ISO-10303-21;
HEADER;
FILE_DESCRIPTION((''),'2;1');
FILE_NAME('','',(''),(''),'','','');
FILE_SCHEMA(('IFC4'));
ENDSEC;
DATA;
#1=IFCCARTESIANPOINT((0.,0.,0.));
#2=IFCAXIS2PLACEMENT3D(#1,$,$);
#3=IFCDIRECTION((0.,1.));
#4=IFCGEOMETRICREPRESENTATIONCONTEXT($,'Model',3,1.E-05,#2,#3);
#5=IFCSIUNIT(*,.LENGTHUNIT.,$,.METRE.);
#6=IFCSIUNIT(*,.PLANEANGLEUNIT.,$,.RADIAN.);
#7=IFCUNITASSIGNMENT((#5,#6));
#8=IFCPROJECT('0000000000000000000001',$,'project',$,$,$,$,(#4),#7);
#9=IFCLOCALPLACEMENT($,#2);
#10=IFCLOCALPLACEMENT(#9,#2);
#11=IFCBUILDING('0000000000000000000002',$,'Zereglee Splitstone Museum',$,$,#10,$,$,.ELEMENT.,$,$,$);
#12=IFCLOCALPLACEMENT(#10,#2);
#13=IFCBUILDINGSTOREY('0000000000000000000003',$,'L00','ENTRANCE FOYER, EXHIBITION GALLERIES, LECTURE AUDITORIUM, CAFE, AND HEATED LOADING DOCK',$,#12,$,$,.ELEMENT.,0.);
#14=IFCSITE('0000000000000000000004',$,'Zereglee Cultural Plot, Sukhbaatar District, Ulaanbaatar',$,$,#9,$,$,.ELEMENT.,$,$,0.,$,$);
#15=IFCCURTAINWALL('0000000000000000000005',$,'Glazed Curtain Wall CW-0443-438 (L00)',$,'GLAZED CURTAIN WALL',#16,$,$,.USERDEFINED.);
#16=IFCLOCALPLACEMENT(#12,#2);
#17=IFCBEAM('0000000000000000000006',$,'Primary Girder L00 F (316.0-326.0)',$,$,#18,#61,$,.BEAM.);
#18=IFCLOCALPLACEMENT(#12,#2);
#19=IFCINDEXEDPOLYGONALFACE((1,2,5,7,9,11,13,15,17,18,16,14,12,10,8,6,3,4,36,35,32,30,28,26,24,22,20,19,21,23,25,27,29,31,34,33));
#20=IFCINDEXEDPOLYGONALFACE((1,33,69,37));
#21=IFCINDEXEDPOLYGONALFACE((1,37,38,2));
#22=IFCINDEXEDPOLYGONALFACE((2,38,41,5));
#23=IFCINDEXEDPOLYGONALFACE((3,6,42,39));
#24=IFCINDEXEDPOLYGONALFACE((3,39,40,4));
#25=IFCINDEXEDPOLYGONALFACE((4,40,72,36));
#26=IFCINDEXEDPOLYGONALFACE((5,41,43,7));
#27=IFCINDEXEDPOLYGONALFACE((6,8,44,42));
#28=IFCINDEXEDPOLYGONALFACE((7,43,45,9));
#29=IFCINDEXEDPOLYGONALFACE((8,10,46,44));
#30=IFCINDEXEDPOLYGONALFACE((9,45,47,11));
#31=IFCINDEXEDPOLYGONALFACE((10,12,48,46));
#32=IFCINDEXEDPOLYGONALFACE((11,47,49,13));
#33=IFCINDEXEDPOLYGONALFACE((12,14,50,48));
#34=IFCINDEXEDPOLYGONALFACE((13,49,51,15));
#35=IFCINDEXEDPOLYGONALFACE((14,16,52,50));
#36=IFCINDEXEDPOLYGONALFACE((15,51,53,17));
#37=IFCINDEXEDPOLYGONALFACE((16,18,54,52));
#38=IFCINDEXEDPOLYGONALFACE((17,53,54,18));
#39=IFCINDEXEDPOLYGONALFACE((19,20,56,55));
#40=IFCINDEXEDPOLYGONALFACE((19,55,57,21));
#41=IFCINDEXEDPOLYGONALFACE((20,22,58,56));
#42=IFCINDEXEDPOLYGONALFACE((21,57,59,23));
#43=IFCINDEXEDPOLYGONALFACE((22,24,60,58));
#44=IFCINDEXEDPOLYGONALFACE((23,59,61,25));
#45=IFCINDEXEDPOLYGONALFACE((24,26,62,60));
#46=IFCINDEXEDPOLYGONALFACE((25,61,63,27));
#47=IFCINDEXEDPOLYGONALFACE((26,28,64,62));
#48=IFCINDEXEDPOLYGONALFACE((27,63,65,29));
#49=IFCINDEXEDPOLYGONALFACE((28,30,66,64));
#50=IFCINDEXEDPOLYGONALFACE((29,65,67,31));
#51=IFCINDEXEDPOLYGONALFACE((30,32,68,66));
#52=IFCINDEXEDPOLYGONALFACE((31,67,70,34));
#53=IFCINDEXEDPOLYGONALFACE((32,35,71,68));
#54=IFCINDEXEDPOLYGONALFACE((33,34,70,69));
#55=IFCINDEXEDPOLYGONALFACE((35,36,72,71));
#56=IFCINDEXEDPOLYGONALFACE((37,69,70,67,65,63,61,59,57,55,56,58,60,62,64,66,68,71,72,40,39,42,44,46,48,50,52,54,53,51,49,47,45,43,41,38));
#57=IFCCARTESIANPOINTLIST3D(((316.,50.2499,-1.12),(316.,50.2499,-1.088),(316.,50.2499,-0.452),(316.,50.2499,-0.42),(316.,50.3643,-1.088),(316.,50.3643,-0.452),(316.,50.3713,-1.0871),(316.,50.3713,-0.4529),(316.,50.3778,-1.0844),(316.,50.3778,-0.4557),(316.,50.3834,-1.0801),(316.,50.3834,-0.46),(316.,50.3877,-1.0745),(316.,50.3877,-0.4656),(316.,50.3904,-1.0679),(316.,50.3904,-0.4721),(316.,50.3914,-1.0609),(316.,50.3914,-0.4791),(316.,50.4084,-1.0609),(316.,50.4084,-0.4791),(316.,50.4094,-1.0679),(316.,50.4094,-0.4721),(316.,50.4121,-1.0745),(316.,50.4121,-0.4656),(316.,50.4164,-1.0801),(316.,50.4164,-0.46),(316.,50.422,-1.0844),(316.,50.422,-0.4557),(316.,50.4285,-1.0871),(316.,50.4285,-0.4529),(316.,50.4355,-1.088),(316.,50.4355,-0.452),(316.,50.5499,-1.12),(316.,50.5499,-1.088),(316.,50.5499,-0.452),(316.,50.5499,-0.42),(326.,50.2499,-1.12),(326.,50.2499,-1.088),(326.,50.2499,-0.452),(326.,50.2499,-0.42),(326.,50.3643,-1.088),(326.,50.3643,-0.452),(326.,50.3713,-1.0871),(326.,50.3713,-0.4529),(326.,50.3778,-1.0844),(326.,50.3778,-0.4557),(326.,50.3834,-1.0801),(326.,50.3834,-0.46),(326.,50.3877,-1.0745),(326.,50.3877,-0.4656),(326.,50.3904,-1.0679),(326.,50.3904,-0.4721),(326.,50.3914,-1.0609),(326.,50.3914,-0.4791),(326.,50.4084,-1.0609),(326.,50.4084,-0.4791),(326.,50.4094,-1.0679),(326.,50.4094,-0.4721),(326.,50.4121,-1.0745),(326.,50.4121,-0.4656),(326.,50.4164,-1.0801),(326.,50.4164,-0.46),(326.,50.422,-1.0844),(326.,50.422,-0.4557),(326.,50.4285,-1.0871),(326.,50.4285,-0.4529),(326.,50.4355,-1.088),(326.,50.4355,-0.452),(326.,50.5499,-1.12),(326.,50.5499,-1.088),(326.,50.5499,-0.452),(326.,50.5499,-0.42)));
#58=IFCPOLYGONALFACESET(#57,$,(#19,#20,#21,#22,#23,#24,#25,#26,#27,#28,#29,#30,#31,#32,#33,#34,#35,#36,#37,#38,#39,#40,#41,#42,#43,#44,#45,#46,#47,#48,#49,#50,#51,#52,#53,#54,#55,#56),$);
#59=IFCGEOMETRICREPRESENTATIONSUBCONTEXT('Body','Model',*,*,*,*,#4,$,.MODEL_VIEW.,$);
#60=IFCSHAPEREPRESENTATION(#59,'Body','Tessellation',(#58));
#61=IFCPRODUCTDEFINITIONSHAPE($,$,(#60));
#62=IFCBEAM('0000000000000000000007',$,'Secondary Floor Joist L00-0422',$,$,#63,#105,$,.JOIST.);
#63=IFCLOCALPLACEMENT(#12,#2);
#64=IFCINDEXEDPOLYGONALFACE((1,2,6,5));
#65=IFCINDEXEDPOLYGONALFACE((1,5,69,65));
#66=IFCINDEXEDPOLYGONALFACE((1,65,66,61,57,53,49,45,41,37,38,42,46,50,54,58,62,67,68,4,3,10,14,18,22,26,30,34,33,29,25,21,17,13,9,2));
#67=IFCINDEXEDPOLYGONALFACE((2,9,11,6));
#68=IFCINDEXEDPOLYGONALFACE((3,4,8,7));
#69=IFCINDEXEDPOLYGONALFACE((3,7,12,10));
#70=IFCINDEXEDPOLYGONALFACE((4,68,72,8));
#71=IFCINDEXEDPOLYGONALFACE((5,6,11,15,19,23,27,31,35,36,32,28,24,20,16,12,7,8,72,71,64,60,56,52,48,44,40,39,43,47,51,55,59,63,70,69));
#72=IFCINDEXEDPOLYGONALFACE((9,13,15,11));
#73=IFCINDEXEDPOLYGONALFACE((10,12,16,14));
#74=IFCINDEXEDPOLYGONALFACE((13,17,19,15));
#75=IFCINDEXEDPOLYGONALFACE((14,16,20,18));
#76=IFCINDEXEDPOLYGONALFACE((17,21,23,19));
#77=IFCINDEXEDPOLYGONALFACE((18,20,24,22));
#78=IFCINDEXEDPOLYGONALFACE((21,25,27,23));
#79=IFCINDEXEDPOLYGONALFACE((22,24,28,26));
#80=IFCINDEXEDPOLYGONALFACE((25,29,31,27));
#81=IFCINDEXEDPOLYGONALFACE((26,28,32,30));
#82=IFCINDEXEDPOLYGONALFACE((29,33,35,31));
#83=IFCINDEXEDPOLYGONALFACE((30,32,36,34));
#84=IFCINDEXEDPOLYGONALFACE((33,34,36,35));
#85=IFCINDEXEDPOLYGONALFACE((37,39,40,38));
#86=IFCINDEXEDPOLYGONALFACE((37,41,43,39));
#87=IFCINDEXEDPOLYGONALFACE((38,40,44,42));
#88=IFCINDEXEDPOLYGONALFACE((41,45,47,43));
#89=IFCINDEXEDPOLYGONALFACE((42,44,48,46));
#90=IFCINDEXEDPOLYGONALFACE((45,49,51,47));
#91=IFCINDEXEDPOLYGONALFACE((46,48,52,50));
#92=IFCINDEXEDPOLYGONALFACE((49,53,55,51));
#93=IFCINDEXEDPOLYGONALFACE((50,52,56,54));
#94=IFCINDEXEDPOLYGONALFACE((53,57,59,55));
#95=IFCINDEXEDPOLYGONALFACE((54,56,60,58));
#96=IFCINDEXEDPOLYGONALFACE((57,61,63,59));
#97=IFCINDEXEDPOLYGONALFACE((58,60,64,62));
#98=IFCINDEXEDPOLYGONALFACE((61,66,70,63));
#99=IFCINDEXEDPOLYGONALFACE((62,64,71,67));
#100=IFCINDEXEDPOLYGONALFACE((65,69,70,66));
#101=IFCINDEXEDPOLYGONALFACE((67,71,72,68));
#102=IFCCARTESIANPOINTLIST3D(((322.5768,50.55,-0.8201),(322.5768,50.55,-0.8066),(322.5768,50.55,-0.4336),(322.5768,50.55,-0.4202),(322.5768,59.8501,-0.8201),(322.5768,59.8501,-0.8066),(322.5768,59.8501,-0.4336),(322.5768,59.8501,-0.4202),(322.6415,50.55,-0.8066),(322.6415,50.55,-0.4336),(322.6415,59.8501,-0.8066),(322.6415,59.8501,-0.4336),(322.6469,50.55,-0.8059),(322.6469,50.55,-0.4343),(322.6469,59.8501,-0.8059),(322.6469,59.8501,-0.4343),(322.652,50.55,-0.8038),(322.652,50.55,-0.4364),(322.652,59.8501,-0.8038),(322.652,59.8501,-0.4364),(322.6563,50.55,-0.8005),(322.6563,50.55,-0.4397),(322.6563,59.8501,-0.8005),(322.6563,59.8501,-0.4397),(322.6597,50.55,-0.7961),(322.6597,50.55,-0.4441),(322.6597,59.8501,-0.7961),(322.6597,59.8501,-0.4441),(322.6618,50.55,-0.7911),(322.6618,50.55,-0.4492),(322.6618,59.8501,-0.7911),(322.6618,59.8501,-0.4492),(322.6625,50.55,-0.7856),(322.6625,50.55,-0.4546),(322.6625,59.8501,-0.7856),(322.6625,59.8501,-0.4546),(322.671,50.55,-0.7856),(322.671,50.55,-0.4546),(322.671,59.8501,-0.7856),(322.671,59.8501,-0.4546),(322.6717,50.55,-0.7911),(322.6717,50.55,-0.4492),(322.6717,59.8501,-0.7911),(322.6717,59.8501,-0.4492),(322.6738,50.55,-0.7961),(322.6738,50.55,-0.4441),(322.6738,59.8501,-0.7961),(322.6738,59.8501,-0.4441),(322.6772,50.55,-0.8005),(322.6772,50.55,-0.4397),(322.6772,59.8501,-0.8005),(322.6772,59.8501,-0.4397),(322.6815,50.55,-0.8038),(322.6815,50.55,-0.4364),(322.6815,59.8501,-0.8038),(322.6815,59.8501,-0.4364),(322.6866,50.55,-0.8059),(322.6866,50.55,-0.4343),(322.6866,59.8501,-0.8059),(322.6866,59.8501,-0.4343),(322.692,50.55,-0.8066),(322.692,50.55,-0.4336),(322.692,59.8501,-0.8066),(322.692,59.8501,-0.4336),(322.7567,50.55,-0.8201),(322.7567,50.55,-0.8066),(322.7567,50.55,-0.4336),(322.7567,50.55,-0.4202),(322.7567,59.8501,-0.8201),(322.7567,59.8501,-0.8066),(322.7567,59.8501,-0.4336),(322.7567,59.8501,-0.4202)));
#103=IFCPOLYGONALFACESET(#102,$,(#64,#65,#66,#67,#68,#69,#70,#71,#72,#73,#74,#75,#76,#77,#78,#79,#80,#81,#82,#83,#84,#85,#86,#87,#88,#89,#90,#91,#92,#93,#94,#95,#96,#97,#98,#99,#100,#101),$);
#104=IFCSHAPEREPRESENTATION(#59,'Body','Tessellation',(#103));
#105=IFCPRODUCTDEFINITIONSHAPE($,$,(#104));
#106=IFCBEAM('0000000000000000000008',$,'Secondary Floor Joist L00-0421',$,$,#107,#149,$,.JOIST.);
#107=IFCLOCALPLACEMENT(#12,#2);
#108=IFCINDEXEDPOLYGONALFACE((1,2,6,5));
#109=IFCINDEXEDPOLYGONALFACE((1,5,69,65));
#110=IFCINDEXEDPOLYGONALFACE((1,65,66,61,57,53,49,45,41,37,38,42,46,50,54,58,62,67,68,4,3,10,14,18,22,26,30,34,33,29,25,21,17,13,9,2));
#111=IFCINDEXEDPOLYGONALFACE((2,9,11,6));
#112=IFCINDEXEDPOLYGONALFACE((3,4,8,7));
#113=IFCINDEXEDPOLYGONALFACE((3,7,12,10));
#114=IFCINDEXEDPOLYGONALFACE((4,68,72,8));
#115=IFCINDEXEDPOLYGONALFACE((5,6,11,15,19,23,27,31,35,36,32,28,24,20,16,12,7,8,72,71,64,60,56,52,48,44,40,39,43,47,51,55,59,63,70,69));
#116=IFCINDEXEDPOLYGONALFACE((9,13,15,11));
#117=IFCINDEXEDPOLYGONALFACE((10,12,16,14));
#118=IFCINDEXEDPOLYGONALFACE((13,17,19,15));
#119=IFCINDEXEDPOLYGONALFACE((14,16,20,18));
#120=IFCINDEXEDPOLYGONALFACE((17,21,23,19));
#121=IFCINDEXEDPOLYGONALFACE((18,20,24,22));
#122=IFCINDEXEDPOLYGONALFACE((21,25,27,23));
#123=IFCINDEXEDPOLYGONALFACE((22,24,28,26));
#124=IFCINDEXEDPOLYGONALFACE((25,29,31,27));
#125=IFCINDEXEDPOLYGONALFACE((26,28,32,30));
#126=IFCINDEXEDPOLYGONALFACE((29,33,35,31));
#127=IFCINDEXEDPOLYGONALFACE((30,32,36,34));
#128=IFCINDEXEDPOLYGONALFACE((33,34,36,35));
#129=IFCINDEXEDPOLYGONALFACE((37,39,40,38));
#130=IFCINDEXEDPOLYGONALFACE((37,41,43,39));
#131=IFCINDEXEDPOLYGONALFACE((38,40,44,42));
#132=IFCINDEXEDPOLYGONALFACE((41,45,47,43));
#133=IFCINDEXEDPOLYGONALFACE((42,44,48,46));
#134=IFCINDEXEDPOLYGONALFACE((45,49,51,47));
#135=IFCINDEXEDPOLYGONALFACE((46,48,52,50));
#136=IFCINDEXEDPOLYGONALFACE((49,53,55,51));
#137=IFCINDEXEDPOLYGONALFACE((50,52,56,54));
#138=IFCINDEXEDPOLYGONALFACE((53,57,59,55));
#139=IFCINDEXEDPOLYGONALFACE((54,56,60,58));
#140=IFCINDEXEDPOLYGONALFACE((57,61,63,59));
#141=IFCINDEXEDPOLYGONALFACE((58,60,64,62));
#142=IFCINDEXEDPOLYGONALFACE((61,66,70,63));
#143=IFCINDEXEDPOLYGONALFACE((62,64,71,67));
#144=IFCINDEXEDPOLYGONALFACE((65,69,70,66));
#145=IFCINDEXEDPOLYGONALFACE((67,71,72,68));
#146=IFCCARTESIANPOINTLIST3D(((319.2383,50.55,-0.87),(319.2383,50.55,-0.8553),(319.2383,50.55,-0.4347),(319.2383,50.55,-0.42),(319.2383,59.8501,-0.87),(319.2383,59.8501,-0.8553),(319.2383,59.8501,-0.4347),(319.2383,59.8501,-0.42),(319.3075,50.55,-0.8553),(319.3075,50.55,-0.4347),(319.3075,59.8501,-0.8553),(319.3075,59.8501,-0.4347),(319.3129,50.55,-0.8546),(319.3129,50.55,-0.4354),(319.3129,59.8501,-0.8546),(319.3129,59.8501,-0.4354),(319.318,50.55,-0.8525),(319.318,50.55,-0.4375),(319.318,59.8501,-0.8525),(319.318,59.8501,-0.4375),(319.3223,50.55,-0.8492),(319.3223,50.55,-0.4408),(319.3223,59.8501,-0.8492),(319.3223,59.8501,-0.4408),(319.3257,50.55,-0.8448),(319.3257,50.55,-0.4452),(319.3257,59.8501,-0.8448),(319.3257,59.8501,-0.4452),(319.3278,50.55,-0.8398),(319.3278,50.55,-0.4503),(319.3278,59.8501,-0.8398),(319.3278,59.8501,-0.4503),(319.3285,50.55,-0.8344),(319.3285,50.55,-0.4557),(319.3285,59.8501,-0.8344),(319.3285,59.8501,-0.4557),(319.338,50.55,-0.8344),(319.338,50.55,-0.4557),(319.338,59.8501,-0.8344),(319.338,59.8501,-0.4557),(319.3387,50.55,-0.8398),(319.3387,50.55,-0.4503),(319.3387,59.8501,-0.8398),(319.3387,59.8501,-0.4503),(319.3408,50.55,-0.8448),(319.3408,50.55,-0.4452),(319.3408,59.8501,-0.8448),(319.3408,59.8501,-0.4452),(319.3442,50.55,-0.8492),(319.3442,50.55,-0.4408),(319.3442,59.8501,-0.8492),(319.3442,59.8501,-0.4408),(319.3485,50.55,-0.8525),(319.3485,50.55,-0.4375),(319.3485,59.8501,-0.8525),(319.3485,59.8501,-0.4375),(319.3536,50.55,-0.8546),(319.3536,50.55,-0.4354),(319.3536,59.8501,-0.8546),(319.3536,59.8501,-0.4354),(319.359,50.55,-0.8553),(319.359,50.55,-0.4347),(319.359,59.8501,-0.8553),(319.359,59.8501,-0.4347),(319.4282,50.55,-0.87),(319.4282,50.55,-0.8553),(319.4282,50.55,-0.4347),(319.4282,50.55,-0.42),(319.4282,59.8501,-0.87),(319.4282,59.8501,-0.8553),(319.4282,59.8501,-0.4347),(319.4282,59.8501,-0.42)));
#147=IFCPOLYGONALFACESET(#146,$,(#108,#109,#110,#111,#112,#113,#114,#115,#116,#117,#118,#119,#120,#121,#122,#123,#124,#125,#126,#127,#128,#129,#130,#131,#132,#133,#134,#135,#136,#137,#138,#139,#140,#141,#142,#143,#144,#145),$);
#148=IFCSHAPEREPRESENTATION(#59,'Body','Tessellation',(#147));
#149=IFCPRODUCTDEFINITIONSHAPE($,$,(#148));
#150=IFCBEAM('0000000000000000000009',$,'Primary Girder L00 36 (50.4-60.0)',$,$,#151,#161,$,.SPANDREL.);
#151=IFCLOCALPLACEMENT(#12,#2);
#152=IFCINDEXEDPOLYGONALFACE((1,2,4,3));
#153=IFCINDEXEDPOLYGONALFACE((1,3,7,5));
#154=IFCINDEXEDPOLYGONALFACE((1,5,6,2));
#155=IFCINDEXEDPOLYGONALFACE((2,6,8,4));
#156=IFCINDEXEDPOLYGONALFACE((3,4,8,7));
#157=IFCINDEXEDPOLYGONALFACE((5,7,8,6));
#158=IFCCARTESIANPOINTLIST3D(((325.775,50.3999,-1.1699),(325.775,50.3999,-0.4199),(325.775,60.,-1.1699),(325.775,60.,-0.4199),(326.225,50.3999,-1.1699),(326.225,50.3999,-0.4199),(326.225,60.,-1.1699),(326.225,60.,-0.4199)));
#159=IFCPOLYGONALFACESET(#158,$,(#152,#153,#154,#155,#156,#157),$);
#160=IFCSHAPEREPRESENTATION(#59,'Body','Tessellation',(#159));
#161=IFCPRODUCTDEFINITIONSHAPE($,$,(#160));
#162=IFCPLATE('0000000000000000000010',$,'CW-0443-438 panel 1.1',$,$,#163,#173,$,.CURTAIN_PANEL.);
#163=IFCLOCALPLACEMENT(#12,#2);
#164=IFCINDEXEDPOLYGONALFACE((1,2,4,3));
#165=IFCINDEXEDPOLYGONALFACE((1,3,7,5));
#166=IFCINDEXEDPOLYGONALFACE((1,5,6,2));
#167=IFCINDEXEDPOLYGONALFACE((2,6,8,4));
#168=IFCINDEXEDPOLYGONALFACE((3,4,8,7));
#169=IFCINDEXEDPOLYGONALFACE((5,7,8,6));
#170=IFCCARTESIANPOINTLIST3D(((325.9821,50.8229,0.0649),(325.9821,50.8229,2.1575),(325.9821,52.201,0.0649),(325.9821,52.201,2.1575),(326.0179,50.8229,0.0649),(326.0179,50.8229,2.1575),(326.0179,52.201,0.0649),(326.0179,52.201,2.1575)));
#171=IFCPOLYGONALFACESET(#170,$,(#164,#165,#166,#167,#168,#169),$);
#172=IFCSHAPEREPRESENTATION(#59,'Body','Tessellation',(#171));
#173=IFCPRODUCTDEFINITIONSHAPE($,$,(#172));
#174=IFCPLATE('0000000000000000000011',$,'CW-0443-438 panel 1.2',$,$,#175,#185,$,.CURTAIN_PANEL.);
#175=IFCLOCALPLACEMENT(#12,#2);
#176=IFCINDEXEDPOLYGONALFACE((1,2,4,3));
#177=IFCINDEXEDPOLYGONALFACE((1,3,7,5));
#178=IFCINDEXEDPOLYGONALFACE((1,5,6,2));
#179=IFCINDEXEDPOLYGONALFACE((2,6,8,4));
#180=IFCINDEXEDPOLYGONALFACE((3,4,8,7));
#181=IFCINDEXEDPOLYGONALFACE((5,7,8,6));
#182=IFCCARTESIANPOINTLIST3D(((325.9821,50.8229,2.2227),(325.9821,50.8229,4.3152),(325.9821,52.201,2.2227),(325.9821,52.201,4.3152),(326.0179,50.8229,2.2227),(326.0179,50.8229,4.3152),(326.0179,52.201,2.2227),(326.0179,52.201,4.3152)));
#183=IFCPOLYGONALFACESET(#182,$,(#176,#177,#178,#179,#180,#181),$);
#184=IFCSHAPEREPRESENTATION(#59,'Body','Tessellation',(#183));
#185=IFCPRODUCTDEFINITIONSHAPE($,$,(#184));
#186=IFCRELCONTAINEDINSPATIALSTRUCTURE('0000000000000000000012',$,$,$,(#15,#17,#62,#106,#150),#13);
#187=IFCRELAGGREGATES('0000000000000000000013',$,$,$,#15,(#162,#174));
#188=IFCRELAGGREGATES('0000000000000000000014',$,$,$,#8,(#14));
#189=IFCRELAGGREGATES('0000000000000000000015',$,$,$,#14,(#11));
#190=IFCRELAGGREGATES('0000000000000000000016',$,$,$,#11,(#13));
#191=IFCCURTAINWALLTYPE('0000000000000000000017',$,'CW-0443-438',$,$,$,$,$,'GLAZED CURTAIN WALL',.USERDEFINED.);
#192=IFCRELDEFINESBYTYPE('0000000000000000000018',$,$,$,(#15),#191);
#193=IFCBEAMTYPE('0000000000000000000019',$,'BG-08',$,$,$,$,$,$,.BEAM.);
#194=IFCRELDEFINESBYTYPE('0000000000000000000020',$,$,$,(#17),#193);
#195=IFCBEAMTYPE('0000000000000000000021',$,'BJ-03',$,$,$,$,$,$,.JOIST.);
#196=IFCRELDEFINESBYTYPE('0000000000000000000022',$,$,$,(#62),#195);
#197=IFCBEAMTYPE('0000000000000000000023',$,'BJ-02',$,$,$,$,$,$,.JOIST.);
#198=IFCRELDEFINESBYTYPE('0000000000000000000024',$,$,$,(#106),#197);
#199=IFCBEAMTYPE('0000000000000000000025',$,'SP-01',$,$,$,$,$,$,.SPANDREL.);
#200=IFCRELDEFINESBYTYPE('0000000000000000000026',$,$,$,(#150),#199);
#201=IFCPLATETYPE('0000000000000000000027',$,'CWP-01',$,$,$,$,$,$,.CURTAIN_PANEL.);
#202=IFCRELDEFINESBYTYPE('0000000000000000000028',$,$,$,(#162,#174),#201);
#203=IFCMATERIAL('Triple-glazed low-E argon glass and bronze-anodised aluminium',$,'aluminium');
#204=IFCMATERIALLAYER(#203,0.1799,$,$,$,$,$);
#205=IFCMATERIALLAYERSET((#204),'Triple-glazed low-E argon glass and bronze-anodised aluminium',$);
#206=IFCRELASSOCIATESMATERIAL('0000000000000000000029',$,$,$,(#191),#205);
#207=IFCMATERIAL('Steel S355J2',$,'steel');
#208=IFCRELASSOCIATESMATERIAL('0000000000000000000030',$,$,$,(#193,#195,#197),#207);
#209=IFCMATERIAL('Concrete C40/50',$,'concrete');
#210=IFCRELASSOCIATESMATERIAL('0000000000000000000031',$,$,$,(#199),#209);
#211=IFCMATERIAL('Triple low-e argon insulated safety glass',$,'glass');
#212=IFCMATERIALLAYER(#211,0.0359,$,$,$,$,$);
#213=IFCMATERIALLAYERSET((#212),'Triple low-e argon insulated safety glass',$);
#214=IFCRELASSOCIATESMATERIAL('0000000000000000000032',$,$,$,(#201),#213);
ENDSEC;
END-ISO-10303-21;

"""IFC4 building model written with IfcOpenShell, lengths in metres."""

from ifc_helpers import new_model, si_unit, direction, frame, origin, origin_2d, place, context, subcontext, project, spatial, rectangle, i_section, extrude, material, layer, layer_set, material_profile, profile_set, type_object, element, aggregate, save


model = new_model("IFC4")

# Units and contexts
model_context = context("Model", 3, precision=1e-05, world=origin(), true_north=direction((0.0, 1.0)))
body_context = subcontext(model_context, "Body", "Model", "MODEL_VIEW")
ifc_project = project(units=[si_unit("LENGTHUNIT", "METRE"), si_unit("PLANEANGLEUNIT", "RADIAN")], contexts=[model_context])

# Site, building, storey
site_placement = place(None, origin())
site = spatial("IfcSite", under=ifc_project, at=site_placement, Name="Zereglee Cultural Plot, Sukhbaatar District, Ulaanbaatar", CompositionType="ELEMENT", RefElevation=0.0)
building_placement = place(site_placement, origin())
building = spatial("IfcBuilding", under=site, at=building_placement, Name="Zereglee Splitstone Museum", CompositionType="ELEMENT")
storey_placement = place(building_placement, origin())
storey = spatial("IfcBuildingStorey", under=building, at=storey_placement, Name="L00", Description="ENTRANCE FOYER, EXHIBITION GALLERIES, LECTURE AUDITORIUM, CAFE, AND HEATED LOADING DOCK", CompositionType="ELEMENT", Elevation=0.0)

# Shared definitions
ifc_material_1 = material(Name="Concrete C40/50", Category="concrete")

# Curtain wall
ifc_material_2 = material(Name="Triple-glazed low-E argon glass and bronze-anodised aluminium", Category="aluminium")
ifc_layer_1 = layer(ifc_material_2, 0.1799)
ifc_layer_set_1 = layer_set([ifc_layer_1], Name="Triple-glazed low-E argon glass and bronze-anodised aluminium")
curtain_wall_type = type_object("IfcCurtainWallType", Name="CW-0443-438", ElementType="GLAZED CURTAIN WALL", PredefinedType="USERDEFINED", material=ifc_layer_set_1)
curtain_wall_placement = place(storey_placement, origin())
curtain_wall = element("IfcCurtainWall", 1, at=curtain_wall_placement, inside=storey, type_object=curtain_wall_type, Name="Glazed Curtain Wall CW-0443-438 (L00)", ObjectType="GLAZED CURTAIN WALL", PredefinedType="USERDEFINED")

# Beams
ifc_material_3 = material(Name="Steel S355J2", Category="steel")
ifc_material_profile_1 = material_profile(ifc_material_3, i_section(OverallWidth=0.3, OverallDepth=0.7, WebThickness=0.0171, FlangeThickness=0.032, FilletRadius=0.0271, at=origin_2d()), Name="HE 700 B")
ifc_profile_set_1 = profile_set([ifc_material_profile_1], Name="Steel S355J2")
beam_type_1 = type_object("IfcBeamType", Name="BG-08", PredefinedType="BEAM", material=ifc_profile_set_1)
beam_1_placement = place(storey_placement, frame((316.0, 50.3999, -0.77), z_axis=(1.0, 0.0, 0.0), x_axis=(0.0, 1.0, 0.0)))
element("IfcBeam", 2, at=beam_1_placement, inside=storey, type_object=beam_type_1, Name="Primary Girder L00 F (316.0-326.0)", PredefinedType="BEAM", context=body_context, shape_type="SweptSolid", body=[
    extrude(i_section(OverallWidth=0.3, OverallDepth=0.7, WebThickness=0.0171, FlangeThickness=0.032, FilletRadius=0.0271, at=origin_2d()), origin(), (0.0, 0.0, 1.0), 10.0),
])
ifc_material_profile_2 = material_profile(ifc_material_3, i_section(OverallWidth=0.1799, OverallDepth=0.3999, WebThickness=0.0085, FlangeThickness=0.0134, FilletRadius=0.021, at=origin_2d()), Name="IPE 400")
ifc_profile_set_2 = profile_set([ifc_material_profile_2], Name="Steel S355J2")
beam_type_2 = type_object("IfcBeamType", Name="BJ-03", PredefinedType="JOIST", material=ifc_profile_set_2)
beam_2_placement = place(storey_placement, frame((322.6667, 50.55, -0.6201), z_axis=(0.0, 1.0, 0.0), x_axis=(-1.0, 0.0, 0.0)))
element("IfcBeam", 3, at=beam_2_placement, inside=storey, type_object=beam_type_2, Name="Secondary Floor Joist L00-0422", PredefinedType="JOIST", context=body_context, shape_type="SweptSolid", body=[
    extrude(i_section(OverallWidth=0.1799, OverallDepth=0.3999, WebThickness=0.0085, FlangeThickness=0.0134, FilletRadius=0.021, at=origin_2d()), origin(), (0.0, 0.0, 1.0), 9.3),
])
ifc_material_profile_3 = material_profile(ifc_material_3, i_section(OverallWidth=0.1899, OverallDepth=0.45, WebThickness=0.0095, FlangeThickness=0.0146, FilletRadius=0.021, at=origin_2d()), Name="IPE 450")
ifc_profile_set_3 = profile_set([ifc_material_profile_3], Name="Steel S355J2")
beam_type_3 = type_object("IfcBeamType", Name="BJ-02", PredefinedType="JOIST", material=ifc_profile_set_3)
beam_3_placement = place(storey_placement, frame((319.3333, 50.55, -0.645), z_axis=(0.0, 1.0, 0.0), x_axis=(-1.0, 0.0, 0.0)))
element("IfcBeam", 4, at=beam_3_placement, inside=storey, type_object=beam_type_3, Name="Secondary Floor Joist L00-0421", PredefinedType="JOIST", context=body_context, shape_type="SweptSolid", body=[
    extrude(i_section(OverallWidth=0.1899, OverallDepth=0.45, WebThickness=0.0095, FlangeThickness=0.0146, FilletRadius=0.021, at=origin_2d()), origin(), (0.0, 0.0, 1.0), 9.3),
])
ifc_material_profile_4 = material_profile(ifc_material_1, rectangle(XDim=0.45, YDim=0.75, at=origin_2d()), Name="RC 450x750")
ifc_profile_set_4 = profile_set([ifc_material_profile_4], Name="Concrete C40/50")
beam_type_4 = type_object("IfcBeamType", Name="SP-01", PredefinedType="SPANDREL", material=ifc_profile_set_4)
beam_4_placement = place(storey_placement, frame((326.0, 50.3999, -0.7949), z_axis=(0.0, 1.0, 0.0), x_axis=(-1.0, 0.0, 0.0)))
element("IfcBeam", 5, at=beam_4_placement, inside=storey, type_object=beam_type_4, Name="Primary Girder L00 36 (50.4-60.0)", PredefinedType="SPANDREL", context=body_context, shape_type="SweptSolid", body=[
    extrude(rectangle(XDim=0.45, YDim=0.75, at=origin_2d()), origin(), (0.0, 0.0, 1.0), 9.6001),
])

# Plates
ifc_material_4 = material(Name="Triple low-e argon insulated safety glass", Category="glass")
ifc_layer_2 = layer(ifc_material_4, 0.0359)
ifc_layer_set_2 = layer_set([ifc_layer_2], Name="Triple low-e argon insulated safety glass")
plate_type_1 = type_object("IfcPlateType", Name="CWP-01", PredefinedType="CURTAIN_PANEL", material=ifc_layer_set_2)
plate_1_placement = place(storey_placement, frame((326.0, 51.512, 0.0649), z_axis=(0.0, 0.0, 1.0), x_axis=(0.0, 1.0, 0.0)))
plate_1 = element("IfcPlate", 6, at=plate_1_placement, type_object=plate_type_1, Name="CW-0443-438 panel 1.1", PredefinedType="CURTAIN_PANEL", context=body_context, shape_type="SweptSolid", body=[
    extrude(rectangle(XDim=1.3782, YDim=0.0359, at=origin_2d()), origin(), (0.0, 0.0, 1.0), 2.0925),
])
plate_2_placement = place(storey_placement, frame((326.0, 51.512, 2.2227), z_axis=(0.0, 0.0, 1.0), x_axis=(0.0, 1.0, 0.0)))
plate_2 = element("IfcPlate", 7, at=plate_2_placement, type_object=plate_type_1, Name="CW-0443-438 panel 1.2", PredefinedType="CURTAIN_PANEL", context=body_context, shape_type="SweptSolid", body=[
    extrude(rectangle(XDim=1.3782, YDim=0.0359, at=origin_2d()), origin(), (0.0, 0.0, 1.0), 2.0925),
])
aggregate(curtain_wall, [plate_1, plate_2])

save(model, "model.ifc")
